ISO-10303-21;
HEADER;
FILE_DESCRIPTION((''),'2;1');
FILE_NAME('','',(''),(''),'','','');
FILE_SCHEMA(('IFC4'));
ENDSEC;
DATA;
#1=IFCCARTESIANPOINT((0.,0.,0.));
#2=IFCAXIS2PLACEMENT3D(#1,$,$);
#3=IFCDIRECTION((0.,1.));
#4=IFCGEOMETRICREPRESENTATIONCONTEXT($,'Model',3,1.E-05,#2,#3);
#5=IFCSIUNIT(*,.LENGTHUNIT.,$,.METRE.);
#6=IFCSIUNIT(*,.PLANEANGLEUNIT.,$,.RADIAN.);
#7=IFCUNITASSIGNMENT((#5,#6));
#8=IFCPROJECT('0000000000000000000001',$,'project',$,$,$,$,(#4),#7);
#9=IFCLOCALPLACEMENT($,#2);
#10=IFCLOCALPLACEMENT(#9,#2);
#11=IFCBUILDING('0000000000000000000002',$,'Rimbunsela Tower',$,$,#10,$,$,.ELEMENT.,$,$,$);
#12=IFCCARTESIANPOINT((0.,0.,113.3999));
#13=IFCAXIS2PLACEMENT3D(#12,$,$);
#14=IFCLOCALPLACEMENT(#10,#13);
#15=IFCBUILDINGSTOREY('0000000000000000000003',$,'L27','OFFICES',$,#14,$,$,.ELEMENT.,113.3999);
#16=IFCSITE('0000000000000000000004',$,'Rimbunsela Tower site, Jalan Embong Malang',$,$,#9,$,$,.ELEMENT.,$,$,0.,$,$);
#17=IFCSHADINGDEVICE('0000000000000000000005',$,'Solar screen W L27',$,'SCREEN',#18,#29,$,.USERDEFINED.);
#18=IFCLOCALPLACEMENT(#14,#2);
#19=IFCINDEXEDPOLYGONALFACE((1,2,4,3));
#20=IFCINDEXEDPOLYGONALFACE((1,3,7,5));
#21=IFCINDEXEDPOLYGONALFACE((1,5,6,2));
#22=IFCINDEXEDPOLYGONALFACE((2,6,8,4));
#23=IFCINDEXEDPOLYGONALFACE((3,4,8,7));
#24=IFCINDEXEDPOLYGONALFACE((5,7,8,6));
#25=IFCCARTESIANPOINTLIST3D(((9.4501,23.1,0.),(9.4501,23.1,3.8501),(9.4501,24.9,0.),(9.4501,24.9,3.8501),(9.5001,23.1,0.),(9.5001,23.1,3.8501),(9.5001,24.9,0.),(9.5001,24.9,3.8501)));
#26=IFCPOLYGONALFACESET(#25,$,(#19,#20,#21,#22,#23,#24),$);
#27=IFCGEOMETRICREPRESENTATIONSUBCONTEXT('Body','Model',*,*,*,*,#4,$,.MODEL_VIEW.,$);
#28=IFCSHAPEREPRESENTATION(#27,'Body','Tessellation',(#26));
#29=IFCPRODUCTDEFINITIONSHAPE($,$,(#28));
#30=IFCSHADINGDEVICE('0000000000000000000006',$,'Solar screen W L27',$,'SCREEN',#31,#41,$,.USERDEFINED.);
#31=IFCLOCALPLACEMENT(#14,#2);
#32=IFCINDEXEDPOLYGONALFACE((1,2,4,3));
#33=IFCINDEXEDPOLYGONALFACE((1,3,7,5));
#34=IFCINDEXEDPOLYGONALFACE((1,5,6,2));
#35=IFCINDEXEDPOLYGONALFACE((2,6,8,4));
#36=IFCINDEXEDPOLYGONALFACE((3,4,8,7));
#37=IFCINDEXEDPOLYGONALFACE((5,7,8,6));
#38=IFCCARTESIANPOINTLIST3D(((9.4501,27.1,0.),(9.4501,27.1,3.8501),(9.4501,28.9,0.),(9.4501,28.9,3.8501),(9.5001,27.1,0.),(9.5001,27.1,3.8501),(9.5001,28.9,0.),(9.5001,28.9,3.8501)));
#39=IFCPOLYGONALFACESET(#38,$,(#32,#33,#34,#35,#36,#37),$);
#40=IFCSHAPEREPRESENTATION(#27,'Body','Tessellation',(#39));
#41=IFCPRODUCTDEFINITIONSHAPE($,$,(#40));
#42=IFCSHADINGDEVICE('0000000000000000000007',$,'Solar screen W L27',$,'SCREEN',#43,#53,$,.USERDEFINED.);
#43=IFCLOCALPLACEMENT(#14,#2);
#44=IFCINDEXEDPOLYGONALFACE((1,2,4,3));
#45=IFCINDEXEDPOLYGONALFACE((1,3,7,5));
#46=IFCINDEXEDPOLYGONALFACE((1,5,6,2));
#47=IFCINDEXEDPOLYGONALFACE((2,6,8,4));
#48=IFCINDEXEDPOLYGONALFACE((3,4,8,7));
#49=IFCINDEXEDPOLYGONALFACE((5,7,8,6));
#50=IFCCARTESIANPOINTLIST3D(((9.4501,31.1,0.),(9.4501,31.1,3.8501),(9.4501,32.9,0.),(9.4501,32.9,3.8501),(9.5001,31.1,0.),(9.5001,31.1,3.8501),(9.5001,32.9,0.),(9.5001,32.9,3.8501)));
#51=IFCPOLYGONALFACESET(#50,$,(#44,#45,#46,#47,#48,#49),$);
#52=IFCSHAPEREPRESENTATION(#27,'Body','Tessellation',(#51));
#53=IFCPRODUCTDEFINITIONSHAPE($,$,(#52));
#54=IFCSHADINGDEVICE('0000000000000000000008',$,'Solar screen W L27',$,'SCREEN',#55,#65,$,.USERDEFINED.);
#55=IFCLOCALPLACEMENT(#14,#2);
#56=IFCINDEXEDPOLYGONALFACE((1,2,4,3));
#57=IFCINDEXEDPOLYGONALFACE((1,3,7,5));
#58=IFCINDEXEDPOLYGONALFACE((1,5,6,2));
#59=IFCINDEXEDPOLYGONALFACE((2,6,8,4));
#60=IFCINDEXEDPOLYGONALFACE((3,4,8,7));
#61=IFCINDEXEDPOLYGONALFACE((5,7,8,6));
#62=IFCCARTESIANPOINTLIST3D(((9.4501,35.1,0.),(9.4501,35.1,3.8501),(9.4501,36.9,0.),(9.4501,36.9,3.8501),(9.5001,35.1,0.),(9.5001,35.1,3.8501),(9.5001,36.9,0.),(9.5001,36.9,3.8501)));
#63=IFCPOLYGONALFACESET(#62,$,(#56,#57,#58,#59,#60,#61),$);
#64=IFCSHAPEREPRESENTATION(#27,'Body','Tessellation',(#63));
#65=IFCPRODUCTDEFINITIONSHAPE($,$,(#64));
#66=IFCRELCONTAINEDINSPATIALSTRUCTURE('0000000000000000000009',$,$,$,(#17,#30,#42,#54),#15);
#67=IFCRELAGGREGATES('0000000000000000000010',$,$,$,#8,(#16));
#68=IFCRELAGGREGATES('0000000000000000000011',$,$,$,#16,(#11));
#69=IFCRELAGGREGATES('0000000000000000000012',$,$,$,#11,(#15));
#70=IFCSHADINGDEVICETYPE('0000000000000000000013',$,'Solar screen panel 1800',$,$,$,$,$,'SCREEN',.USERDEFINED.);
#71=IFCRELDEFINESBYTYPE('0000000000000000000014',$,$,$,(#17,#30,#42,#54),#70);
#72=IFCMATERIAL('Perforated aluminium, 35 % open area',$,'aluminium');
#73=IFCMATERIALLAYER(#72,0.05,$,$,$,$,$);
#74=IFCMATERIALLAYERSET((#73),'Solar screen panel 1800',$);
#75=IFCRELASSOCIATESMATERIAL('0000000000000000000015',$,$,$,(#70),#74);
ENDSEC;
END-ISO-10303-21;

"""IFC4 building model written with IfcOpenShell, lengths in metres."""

from ifc_helpers import new_model, si_unit, direction, frame, origin, origin_2d, place, context, subcontext, project, spatial, rectangle, extrude, material, layer, layer_set, type_object, element, save


model = new_model("IFC4")

# Units and contexts
model_context = context("Model", 3, precision=1e-05, world=origin(), true_north=direction((0.0, 1.0)))
body_context = subcontext(model_context, "Body", "Model", "MODEL_VIEW")
ifc_project = project(units=[si_unit("LENGTHUNIT", "METRE"), si_unit("PLANEANGLEUNIT", "RADIAN")], contexts=[model_context])

# Site, building, storey
site_placement = place(None, origin())
site = spatial("IfcSite", under=ifc_project, at=site_placement, Name="Rimbunsela Tower site, Jalan Embong Malang", CompositionType="ELEMENT", RefElevation=0.0)
building_placement = place(site_placement, origin())
building = spatial("IfcBuilding", under=site, at=building_placement, Name="Rimbunsela Tower", CompositionType="ELEMENT")
storey_placement = place(building_placement, frame((0.0, 0.0, 113.3999)))
storey = spatial("IfcBuildingStorey", under=building, at=storey_placement, Name="L27", Description="OFFICES", CompositionType="ELEMENT", Elevation=113.3999)

# Shading devices
ifc_material_1 = material(Name="Perforated aluminium, 35 % open area", Category="aluminium")
ifc_layer_1 = layer(ifc_material_1, 0.05)
ifc_layer_set_1 = layer_set([ifc_layer_1], Name="Solar screen panel 1800")
shading_device_type = type_object("IfcShadingDeviceType", Name="Solar screen panel 1800", ElementType="SCREEN", PredefinedType="USERDEFINED", material=ifc_layer_set_1)
for number, where, z_axis, x_axis, name in (
    (1, (9.4751, 24.0, 0.0), (0.0, 0.0, 1.0), (0.0, 1.0, 0.0), "Solar screen W L27"),
    (2, (9.4751, 28.0, 0.0), (0.0, 0.0, 1.0), (0.0, 1.0, 0.0), "Solar screen W L27"),
    (3, (9.4751, 32.0, 0.0), (0.0, 0.0, 1.0), (0.0, 1.0, 0.0), "Solar screen W L27"),
    (4, (9.4751, 36.0, 0.0), (0.0, 0.0, 1.0), (0.0, 1.0, 0.0), "Solar screen W L27"),
):
    element("IfcShadingDevice", number, at=place(storey_placement, frame(where, z_axis=z_axis, x_axis=x_axis)), inside=storey, type_object=shading_device_type, Name=name, ObjectType="SCREEN", PredefinedType="USERDEFINED", context=body_context, shape_type="SweptSolid", body=[
        extrude(rectangle(XDim=1.8, YDim=0.05, at=origin_2d()), origin(), (0.0, 0.0, 1.0), 3.8501),
    ])

save(model, "model.ifc")
